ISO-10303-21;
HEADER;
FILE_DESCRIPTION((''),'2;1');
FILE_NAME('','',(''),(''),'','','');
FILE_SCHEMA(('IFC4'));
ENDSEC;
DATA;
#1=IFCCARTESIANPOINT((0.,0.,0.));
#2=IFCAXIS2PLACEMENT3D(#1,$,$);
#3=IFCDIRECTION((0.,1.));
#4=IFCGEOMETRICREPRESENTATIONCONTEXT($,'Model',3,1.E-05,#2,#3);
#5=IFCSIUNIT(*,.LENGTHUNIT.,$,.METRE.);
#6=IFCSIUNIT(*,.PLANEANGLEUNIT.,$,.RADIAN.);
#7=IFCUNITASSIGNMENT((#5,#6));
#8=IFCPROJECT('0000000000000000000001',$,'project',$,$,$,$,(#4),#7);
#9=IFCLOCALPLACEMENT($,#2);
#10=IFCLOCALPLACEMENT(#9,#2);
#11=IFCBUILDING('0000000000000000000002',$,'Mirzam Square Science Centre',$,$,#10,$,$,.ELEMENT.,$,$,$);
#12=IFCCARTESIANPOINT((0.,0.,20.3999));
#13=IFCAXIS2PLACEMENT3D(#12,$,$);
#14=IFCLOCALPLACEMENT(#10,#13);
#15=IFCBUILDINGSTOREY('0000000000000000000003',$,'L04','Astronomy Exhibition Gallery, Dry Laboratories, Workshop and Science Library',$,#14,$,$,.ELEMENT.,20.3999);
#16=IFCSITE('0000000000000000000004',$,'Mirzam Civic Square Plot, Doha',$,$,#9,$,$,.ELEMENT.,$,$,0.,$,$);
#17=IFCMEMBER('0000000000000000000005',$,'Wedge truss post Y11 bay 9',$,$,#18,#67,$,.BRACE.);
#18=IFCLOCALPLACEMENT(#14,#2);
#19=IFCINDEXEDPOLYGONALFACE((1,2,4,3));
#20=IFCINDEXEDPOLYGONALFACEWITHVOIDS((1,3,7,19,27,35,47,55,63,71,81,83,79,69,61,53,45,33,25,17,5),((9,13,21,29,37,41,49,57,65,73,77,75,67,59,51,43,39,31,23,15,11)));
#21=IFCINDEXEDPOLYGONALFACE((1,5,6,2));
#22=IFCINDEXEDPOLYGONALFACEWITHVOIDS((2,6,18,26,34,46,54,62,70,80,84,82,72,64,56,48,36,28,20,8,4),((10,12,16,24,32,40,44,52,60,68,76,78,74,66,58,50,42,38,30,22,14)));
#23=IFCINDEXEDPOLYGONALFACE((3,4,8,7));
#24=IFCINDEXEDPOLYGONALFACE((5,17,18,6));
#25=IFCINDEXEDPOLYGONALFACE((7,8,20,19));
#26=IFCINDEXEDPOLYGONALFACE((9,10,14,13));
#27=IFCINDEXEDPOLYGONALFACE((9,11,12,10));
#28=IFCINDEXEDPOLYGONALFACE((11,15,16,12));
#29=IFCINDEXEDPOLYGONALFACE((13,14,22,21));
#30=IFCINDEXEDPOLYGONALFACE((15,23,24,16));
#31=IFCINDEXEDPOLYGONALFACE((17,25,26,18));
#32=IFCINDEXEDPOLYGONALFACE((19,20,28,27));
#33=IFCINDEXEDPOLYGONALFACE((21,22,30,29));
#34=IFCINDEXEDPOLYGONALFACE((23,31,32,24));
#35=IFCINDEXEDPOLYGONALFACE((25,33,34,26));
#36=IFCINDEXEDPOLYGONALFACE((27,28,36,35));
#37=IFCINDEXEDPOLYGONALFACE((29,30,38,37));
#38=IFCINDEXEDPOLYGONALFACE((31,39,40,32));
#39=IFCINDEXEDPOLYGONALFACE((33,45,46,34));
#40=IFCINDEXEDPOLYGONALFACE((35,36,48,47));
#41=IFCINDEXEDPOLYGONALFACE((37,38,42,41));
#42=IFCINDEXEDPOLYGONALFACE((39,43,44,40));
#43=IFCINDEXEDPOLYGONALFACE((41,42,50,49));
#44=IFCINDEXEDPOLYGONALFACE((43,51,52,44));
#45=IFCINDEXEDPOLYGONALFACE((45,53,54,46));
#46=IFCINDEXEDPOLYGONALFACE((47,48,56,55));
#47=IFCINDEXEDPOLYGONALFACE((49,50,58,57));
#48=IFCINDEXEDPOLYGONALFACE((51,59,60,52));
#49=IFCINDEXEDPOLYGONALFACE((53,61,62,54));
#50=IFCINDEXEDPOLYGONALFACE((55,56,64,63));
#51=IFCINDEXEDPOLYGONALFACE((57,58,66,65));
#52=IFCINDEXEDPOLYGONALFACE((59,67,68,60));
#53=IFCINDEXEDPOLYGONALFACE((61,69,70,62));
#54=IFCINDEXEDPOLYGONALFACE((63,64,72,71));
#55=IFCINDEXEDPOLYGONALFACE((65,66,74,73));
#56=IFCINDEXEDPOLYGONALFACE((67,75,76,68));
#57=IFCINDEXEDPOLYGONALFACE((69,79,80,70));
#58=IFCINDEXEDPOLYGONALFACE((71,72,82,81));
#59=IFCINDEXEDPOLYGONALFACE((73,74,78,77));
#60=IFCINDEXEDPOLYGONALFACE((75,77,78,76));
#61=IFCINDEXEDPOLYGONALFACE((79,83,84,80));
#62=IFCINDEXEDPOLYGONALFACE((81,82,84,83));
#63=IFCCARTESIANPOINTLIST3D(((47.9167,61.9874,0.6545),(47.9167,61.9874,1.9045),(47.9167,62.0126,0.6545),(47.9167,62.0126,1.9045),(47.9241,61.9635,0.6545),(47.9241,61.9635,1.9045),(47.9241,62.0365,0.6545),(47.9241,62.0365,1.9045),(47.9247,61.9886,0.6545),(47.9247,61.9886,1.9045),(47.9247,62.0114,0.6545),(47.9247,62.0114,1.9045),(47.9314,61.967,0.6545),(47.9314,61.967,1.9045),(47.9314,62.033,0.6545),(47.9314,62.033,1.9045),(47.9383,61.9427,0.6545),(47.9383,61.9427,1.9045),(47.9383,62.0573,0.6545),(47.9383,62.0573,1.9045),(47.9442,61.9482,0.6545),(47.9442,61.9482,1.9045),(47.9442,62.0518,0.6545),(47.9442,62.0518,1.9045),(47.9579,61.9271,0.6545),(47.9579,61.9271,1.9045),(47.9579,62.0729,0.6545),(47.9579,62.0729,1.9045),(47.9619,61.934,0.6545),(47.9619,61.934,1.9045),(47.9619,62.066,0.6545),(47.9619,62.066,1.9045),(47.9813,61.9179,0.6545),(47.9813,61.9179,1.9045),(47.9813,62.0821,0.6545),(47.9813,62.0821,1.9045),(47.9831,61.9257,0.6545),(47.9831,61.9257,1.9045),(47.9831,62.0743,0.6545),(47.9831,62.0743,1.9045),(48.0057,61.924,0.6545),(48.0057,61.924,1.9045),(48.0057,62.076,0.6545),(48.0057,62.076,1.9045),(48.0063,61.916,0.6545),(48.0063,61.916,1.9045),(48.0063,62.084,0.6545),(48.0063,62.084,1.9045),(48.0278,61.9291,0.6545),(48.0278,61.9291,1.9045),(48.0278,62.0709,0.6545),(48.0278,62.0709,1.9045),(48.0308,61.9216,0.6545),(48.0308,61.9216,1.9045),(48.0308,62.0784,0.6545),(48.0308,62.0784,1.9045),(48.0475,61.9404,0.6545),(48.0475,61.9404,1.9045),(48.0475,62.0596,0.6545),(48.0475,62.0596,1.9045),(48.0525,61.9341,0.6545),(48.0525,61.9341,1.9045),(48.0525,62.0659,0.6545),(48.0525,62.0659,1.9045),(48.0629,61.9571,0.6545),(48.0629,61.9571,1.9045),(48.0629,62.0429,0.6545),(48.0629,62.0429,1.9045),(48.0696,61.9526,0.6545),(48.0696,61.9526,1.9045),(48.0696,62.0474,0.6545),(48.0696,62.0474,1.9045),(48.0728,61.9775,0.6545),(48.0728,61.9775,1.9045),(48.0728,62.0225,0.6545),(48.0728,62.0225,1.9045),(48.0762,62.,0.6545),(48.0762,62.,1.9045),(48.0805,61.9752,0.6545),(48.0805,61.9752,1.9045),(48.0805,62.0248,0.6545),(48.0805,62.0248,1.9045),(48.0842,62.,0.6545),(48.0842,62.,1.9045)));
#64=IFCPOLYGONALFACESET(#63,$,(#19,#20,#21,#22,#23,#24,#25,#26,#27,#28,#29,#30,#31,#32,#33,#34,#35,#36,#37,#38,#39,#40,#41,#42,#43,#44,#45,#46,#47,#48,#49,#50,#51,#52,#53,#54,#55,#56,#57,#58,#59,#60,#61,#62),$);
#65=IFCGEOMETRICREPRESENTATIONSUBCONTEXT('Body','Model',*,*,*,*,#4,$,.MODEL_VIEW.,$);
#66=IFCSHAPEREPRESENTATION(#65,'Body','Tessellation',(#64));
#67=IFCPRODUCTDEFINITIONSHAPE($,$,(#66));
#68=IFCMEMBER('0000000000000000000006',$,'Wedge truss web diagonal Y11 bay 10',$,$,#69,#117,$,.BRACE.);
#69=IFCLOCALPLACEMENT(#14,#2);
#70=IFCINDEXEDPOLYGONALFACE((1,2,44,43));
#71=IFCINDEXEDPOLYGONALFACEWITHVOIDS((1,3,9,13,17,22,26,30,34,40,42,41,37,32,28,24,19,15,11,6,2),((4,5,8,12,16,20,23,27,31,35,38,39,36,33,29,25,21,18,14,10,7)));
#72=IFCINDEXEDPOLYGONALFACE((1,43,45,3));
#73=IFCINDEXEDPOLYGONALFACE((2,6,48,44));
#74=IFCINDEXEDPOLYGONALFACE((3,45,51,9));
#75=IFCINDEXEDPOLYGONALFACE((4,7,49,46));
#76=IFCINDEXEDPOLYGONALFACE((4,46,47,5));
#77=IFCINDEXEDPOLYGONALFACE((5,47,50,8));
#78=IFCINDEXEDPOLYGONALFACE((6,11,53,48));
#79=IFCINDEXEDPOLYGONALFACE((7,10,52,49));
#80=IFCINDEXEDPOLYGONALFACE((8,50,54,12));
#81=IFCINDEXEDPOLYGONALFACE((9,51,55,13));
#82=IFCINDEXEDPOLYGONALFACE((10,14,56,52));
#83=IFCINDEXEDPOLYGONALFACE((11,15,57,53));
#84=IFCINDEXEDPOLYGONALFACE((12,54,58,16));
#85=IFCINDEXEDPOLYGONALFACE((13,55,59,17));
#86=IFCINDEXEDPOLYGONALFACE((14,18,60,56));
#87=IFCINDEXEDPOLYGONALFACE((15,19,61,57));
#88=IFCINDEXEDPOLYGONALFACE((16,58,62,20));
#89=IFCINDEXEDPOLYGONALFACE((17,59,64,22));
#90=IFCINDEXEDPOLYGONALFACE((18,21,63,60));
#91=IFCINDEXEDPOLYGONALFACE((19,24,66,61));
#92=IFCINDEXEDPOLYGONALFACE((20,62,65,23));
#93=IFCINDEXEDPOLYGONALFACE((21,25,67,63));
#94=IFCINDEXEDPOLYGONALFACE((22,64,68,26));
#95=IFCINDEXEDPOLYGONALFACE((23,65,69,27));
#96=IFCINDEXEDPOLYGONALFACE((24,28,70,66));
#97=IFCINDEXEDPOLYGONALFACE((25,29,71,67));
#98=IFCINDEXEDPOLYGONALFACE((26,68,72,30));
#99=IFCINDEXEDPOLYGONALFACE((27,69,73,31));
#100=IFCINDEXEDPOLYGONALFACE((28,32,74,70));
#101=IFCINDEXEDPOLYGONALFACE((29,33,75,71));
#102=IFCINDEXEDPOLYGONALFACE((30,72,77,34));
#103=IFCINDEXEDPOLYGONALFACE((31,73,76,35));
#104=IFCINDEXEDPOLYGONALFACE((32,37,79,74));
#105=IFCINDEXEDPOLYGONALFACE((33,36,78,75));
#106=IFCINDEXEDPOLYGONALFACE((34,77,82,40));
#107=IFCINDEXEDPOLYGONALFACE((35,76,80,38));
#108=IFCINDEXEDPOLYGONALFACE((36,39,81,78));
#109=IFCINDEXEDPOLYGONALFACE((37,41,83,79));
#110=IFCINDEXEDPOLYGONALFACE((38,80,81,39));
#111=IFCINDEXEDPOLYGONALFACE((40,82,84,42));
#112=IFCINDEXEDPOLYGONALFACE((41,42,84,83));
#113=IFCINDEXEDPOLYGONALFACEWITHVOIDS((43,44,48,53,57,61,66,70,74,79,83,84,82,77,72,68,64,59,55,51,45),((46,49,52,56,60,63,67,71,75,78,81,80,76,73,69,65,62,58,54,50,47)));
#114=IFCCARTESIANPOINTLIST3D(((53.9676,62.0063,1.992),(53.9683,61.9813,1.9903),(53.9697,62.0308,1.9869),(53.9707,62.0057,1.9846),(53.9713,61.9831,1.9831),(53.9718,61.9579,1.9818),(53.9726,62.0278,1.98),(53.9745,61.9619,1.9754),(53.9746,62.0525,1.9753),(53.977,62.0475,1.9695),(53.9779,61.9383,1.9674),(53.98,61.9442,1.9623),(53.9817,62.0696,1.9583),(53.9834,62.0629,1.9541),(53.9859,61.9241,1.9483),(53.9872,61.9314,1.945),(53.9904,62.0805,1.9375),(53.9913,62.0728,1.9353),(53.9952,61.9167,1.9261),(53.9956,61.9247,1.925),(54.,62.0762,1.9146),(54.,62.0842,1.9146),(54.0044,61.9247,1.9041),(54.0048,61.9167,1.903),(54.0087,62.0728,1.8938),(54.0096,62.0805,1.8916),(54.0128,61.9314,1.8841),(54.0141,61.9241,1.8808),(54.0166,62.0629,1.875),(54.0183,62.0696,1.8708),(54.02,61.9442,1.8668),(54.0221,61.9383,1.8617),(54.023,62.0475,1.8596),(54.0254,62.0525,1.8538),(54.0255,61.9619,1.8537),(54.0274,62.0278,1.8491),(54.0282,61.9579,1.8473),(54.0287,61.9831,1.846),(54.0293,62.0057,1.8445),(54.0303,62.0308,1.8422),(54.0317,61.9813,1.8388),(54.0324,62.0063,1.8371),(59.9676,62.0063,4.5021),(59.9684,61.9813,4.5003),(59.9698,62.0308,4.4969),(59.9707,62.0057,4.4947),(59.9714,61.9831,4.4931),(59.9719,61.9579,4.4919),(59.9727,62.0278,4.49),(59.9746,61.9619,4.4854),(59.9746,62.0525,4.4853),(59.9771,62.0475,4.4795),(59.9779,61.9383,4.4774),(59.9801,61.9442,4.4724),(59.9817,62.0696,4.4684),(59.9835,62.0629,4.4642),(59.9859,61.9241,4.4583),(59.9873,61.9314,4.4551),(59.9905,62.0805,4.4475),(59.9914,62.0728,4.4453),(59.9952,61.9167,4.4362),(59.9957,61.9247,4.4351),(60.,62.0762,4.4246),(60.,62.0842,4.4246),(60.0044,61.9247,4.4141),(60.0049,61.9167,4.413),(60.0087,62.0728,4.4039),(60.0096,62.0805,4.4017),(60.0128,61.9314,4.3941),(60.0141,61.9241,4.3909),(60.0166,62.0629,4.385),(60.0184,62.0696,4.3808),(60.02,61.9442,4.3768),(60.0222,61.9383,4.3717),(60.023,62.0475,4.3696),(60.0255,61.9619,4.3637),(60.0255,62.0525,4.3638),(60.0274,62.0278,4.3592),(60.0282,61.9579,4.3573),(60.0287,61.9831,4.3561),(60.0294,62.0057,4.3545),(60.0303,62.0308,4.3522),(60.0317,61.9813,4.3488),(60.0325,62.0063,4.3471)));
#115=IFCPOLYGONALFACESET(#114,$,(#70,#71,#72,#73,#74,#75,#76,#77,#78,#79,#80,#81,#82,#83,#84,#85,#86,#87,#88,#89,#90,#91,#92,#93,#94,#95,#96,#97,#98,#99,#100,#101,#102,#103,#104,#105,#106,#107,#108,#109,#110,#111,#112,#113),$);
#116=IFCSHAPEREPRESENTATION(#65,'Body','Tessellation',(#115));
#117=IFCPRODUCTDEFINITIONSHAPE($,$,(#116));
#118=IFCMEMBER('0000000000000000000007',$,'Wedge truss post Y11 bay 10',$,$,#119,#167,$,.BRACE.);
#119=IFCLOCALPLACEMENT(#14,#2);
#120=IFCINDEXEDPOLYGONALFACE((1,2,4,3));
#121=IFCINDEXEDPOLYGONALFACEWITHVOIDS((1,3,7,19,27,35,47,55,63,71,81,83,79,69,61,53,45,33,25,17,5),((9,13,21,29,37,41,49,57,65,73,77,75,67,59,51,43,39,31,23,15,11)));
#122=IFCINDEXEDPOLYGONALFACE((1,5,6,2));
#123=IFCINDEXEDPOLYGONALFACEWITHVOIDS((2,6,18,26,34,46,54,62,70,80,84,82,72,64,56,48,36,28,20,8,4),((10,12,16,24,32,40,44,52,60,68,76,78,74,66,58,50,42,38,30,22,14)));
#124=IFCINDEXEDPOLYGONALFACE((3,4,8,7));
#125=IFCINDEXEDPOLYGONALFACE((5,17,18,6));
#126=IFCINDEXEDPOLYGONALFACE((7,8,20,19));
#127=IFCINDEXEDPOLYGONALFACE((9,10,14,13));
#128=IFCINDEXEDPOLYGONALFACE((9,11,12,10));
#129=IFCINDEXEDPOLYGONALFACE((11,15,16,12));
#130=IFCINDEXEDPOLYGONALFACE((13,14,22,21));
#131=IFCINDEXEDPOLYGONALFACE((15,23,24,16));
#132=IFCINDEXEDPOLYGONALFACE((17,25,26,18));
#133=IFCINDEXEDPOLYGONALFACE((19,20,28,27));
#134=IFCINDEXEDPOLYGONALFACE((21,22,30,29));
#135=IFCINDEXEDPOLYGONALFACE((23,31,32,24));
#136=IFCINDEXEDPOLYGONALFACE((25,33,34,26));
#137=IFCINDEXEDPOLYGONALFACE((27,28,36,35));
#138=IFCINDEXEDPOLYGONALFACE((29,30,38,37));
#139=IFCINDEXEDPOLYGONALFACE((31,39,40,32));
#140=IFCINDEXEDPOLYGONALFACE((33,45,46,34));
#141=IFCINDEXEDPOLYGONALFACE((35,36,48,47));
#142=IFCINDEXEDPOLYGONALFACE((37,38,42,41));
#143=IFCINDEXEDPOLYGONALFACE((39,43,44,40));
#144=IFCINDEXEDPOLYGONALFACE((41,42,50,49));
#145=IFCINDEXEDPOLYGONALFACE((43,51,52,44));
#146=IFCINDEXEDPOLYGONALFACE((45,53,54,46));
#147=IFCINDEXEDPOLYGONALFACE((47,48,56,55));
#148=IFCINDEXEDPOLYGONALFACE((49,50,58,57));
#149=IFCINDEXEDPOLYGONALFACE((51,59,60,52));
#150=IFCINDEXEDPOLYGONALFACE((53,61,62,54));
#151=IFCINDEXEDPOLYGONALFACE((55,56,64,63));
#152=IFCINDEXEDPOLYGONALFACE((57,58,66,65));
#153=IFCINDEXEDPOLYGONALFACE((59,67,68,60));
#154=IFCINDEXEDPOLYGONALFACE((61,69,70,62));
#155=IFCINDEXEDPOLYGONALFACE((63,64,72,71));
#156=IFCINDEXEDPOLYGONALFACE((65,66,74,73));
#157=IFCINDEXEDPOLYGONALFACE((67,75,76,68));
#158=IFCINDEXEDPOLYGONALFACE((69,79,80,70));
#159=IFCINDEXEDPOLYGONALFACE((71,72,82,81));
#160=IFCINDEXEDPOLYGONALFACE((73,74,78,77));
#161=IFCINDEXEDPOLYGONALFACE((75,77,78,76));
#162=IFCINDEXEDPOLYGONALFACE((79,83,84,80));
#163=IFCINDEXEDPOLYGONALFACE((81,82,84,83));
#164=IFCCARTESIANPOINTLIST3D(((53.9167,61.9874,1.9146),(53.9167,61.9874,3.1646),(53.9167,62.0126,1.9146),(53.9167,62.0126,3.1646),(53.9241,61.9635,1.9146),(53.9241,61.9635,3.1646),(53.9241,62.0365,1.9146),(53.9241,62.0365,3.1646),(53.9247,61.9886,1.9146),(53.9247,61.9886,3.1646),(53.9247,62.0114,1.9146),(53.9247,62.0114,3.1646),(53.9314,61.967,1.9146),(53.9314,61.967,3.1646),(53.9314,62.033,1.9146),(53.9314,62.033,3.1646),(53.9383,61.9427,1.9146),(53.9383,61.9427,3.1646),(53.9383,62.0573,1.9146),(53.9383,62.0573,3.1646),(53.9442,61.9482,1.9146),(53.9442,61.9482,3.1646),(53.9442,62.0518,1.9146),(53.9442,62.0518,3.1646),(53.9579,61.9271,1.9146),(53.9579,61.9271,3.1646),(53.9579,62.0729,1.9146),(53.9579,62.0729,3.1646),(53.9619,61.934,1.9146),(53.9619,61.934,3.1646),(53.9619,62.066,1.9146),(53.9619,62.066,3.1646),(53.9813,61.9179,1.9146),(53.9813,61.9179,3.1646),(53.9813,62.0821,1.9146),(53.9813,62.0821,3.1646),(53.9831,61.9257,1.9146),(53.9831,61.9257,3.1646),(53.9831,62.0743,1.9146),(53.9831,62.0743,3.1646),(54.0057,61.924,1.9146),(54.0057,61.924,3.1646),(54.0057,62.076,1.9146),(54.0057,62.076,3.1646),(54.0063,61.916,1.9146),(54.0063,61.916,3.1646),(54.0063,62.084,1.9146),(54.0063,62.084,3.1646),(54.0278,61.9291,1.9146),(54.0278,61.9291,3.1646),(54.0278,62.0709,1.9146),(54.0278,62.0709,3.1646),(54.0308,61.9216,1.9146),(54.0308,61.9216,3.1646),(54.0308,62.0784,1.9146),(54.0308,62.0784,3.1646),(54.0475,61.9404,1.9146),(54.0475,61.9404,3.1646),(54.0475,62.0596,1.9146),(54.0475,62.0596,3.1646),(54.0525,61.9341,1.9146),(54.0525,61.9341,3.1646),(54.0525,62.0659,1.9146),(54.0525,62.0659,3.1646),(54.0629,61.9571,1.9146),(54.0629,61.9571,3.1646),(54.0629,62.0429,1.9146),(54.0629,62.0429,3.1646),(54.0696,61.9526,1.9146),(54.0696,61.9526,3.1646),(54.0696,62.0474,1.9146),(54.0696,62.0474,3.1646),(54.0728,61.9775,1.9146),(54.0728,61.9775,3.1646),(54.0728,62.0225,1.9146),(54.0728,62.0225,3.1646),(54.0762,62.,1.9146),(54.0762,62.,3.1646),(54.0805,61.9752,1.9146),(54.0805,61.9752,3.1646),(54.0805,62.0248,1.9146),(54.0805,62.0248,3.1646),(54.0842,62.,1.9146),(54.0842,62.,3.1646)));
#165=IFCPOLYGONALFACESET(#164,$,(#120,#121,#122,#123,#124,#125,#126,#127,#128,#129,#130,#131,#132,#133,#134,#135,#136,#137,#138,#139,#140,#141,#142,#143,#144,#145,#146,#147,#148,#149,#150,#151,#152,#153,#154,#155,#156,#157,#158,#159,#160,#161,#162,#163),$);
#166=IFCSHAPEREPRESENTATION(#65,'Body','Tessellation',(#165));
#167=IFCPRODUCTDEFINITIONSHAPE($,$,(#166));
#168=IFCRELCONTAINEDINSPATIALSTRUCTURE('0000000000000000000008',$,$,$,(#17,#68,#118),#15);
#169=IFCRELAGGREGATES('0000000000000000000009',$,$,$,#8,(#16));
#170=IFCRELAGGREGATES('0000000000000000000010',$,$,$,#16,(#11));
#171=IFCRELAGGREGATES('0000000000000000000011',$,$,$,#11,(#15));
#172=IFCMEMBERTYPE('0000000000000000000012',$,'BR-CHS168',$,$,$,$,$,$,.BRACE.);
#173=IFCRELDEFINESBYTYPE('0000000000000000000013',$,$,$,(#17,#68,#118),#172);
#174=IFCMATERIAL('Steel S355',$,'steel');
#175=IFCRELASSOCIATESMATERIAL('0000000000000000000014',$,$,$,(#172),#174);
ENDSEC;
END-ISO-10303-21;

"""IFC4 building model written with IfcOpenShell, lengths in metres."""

from ifc_helpers import new_model, si_unit, direction, frame, origin, origin_2d, place, context, subcontext, project, spatial, hollow_circle, extrude, material, material_profile, profile_set, type_object, element, save


model = new_model("IFC4")

# Units and contexts
model_context = context("Model", 3, precision=1e-05, world=origin(), true_north=direction((0.0, 1.0)))
body_context = subcontext(model_context, "Body", "Model", "MODEL_VIEW")
ifc_project = project(units=[si_unit("LENGTHUNIT", "METRE"), si_unit("PLANEANGLEUNIT", "RADIAN")], contexts=[model_context])

# Site, building, storey
site_placement = place(None, origin())
site = spatial("IfcSite", under=ifc_project, at=site_placement, Name="Mirzam Civic Square Plot, Doha", CompositionType="ELEMENT", RefElevation=0.0)
building_placement = place(site_placement, origin())
building = spatial("IfcBuilding", under=site, at=building_placement, Name="Mirzam Square Science Centre", CompositionType="ELEMENT")
storey_placement = place(building_placement, frame((0.0, 0.0, 20.3999)))
storey = spatial("IfcBuildingStorey", under=building, at=storey_placement, Name="L04", Description="Astronomy Exhibition Gallery, Dry Laboratories, Workshop and Science Library", CompositionType="ELEMENT", Elevation=20.3999)

# Members
ifc_material = material(Name="Steel S355", Category="steel")
ifc_material_profile_1 = material_profile(ifc_material, hollow_circle(Radius=0.0842, WallThickness=0.0081, at=origin_2d()), Name="168.3x8.0CHS")
ifc_profile_set_1 = profile_set([ifc_material_profile_1], Name="Steel S355")
member_type_1 = type_object("IfcMemberType", Name="BR-CHS168", PredefinedType="BRACE", material=ifc_profile_set_1)
member_1_placement = place(storey_placement, frame((48.0, 62.0, 0.6545), z_axis=(0.0, 0.0, 1.0), x_axis=(1.0, 0.0, 0.0)))
element("IfcMember", 1, at=member_1_placement, inside=storey, type_object=member_type_1, Name="Wedge truss post Y11 bay 9", PredefinedType="BRACE", context=body_context, shape_type="SweptSolid", body=[
    extrude(hollow_circle(Radius=0.0842, WallThickness=0.0081, at=origin_2d()), origin(), (0.0, 0.0, 1.0), 1.25),
])
member_2_placement = place(storey_placement, frame((54.0, 62.0, 1.9146), z_axis=(0.92253, 0.0, 0.385926), x_axis=(0.0, 1.0, 0.0)))
element("IfcMember", 2, at=member_2_placement, inside=storey, type_object=member_type_1, Name="Wedge truss web diagonal Y11 bay 10", PredefinedType="BRACE", context=body_context, shape_type="SweptSolid", body=[
    extrude(hollow_circle(Radius=0.0842, WallThickness=0.0081, at=origin_2d()), origin(), (0.0, 0.0, 1.0), 6.5039),
])
member_3_placement = place(storey_placement, frame((54.0, 62.0, 1.9146), z_axis=(0.0, 0.0, 1.0), x_axis=(1.0, 0.0, 0.0)))
element("IfcMember", 3, at=member_3_placement, inside=storey, type_object=member_type_1, Name="Wedge truss post Y11 bay 10", PredefinedType="BRACE", context=body_context, shape_type="SweptSolid", body=[
    extrude(hollow_circle(Radius=0.0842, WallThickness=0.0081, at=origin_2d()), origin(), (0.0, 0.0, 1.0), 1.25),
])

save(model, "model.ifc")
